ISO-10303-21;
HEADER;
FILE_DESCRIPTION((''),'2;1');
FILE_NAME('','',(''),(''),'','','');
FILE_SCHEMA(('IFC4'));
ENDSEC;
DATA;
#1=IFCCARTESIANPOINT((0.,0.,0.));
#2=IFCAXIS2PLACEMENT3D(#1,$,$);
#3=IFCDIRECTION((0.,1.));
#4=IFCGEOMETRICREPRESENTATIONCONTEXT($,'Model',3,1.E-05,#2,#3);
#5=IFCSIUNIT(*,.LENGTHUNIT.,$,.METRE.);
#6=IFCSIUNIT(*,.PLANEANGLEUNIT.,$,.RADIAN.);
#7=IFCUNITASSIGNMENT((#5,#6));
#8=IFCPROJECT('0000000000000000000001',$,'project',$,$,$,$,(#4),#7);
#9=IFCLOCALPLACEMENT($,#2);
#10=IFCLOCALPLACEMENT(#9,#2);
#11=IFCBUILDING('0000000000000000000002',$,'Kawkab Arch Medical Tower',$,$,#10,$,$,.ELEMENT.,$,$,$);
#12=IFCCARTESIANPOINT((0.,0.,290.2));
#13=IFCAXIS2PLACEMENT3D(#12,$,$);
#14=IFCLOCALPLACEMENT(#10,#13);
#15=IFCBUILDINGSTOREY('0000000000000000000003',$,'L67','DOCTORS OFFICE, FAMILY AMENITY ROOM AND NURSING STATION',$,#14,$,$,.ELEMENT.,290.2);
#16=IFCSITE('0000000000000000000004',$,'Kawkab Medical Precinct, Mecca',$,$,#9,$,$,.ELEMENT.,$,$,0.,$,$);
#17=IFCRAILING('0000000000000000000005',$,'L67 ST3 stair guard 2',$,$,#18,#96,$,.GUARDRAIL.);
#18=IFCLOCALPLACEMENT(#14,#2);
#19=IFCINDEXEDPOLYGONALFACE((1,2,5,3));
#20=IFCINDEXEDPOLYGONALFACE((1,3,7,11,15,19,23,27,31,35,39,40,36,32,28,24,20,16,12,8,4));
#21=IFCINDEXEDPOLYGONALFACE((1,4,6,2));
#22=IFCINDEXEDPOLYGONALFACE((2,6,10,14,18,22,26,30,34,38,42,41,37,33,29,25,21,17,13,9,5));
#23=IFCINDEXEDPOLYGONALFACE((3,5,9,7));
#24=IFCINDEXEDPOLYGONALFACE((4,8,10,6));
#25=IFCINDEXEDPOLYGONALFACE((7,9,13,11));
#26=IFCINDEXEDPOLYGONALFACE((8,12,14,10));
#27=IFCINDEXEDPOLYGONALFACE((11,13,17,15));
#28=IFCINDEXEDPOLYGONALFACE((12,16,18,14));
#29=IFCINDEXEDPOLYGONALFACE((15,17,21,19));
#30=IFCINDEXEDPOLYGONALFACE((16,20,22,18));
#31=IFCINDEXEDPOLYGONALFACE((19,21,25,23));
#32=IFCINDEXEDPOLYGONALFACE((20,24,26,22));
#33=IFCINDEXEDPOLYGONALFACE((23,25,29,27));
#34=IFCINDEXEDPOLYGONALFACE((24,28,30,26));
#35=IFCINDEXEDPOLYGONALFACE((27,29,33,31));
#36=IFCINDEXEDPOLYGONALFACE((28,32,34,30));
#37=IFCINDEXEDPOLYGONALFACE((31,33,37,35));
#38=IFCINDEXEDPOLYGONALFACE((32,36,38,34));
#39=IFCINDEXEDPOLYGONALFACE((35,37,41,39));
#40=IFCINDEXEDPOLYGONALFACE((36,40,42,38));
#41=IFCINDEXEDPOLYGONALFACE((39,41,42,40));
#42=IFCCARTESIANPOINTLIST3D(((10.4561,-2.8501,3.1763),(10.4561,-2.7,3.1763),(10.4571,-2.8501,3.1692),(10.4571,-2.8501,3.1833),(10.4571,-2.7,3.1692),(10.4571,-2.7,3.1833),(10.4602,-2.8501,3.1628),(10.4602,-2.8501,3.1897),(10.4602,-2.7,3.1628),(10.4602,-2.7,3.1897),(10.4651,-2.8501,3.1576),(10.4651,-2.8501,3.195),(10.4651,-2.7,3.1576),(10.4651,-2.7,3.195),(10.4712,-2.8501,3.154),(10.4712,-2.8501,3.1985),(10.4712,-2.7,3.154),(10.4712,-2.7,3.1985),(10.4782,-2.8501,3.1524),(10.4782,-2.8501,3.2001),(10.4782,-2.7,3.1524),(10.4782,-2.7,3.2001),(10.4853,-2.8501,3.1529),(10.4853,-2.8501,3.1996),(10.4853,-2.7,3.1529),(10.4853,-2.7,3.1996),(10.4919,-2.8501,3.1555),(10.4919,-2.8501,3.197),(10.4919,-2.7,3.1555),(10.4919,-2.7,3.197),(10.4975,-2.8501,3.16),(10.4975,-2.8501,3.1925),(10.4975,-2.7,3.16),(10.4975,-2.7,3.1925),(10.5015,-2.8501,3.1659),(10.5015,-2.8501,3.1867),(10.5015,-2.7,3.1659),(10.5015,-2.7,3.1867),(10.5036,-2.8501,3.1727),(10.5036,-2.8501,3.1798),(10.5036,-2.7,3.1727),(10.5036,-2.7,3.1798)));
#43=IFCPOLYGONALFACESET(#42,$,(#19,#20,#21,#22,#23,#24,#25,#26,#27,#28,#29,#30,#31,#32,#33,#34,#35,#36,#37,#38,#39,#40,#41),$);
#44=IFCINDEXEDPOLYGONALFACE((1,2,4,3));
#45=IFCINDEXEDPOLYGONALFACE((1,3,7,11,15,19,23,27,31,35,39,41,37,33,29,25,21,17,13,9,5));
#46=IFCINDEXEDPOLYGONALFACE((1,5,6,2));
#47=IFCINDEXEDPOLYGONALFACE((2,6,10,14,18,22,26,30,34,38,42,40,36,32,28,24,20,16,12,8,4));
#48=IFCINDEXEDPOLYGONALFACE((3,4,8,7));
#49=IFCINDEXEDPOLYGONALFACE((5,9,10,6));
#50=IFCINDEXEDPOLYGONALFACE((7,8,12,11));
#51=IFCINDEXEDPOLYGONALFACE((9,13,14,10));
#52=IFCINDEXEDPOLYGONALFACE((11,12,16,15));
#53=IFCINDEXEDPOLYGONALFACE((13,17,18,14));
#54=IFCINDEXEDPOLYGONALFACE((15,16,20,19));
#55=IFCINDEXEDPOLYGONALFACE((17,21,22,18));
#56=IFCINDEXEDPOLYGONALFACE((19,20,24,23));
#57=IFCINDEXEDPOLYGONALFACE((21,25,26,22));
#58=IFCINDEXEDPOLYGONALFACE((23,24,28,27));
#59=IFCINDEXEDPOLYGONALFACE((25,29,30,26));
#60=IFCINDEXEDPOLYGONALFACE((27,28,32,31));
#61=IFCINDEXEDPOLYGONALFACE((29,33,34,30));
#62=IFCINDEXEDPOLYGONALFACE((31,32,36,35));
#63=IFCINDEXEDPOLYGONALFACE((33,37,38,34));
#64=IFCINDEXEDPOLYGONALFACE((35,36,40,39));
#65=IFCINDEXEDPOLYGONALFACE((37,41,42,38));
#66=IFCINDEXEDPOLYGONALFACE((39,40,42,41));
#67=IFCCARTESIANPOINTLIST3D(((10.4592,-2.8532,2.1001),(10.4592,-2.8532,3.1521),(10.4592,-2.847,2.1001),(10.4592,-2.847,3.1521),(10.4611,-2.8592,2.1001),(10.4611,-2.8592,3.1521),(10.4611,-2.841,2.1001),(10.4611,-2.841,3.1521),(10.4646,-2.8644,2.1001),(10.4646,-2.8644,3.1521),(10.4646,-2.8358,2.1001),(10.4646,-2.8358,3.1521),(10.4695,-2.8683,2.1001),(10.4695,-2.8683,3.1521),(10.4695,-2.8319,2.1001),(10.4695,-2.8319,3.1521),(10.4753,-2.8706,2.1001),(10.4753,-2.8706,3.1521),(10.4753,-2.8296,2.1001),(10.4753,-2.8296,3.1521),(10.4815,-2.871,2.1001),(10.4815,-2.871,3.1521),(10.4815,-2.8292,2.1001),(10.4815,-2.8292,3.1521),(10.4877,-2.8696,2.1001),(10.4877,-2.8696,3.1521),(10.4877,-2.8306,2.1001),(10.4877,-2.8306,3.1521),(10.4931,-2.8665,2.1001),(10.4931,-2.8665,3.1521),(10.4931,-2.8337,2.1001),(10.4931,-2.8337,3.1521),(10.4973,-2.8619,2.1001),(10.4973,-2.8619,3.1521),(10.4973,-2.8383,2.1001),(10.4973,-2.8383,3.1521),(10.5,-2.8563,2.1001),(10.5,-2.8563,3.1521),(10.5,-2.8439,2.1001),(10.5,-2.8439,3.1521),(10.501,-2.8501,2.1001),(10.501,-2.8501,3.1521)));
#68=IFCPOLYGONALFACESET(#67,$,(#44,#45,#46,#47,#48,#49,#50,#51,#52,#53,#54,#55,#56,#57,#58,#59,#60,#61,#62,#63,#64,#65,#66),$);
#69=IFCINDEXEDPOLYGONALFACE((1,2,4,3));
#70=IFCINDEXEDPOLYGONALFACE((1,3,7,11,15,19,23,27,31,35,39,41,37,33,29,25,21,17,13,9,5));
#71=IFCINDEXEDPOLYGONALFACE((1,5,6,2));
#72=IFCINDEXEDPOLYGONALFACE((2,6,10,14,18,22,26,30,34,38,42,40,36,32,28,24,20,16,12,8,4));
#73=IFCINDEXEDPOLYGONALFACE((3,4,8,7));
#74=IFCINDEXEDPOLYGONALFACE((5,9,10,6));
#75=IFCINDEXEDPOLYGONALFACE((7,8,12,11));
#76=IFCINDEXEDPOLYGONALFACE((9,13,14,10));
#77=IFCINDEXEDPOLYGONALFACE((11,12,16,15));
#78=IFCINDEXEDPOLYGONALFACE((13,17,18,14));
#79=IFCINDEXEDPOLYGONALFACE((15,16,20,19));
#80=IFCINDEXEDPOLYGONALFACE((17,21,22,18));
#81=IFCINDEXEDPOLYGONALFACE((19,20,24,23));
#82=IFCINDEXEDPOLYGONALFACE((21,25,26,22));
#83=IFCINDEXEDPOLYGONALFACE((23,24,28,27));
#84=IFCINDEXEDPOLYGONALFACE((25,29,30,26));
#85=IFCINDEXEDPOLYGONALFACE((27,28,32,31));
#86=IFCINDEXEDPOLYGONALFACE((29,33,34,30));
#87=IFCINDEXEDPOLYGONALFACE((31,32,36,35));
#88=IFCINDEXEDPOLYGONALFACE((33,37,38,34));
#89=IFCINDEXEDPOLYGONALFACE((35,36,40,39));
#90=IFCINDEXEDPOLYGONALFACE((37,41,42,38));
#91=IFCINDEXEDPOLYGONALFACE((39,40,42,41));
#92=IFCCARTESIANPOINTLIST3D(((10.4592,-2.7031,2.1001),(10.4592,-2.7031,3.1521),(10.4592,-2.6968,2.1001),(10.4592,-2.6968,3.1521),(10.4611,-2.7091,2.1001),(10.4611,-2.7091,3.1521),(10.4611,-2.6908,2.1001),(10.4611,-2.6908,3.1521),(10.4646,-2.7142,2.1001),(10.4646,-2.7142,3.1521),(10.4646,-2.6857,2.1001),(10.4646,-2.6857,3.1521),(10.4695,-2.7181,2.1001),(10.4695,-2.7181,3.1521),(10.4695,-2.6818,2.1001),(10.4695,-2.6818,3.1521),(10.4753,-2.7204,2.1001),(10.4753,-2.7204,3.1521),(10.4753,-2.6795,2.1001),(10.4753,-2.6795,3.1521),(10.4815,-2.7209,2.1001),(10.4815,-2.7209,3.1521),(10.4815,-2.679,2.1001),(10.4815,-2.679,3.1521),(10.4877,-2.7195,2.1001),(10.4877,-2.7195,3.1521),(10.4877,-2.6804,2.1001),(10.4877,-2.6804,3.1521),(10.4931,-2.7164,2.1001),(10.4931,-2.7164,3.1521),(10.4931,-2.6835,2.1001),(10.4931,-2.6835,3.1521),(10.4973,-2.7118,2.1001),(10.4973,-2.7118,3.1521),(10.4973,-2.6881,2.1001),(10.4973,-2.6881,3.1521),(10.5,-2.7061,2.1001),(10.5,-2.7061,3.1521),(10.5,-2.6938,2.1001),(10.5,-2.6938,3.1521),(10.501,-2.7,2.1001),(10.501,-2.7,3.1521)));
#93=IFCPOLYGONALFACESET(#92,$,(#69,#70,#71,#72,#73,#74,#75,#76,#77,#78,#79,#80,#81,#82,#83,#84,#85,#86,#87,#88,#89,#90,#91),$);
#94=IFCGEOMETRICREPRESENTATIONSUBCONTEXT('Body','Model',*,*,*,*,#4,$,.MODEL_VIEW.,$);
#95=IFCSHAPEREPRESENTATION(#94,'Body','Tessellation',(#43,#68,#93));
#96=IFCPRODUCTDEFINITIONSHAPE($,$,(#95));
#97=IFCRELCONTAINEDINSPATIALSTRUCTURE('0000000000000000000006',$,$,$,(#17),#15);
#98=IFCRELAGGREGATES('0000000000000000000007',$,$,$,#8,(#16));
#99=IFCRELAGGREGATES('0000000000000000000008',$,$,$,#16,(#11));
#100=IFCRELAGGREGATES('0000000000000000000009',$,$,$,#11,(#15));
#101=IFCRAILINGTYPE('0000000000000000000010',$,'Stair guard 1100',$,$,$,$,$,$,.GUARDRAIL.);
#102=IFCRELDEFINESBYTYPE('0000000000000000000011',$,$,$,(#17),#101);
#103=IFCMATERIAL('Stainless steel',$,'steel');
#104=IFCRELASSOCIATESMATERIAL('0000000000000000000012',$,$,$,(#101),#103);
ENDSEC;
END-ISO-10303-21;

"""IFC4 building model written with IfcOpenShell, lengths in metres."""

from ifc_helpers import new_model, si_unit, direction, frame, origin, origin_2d, place, context, subcontext, project, spatial, circle, extrude, material, type_object, element, save


model = new_model("IFC4")

# Units and contexts
model_context = context("Model", 3, precision=1e-05, world=origin(), true_north=direction((0.0, 1.0)))
body_context = subcontext(model_context, "Body", "Model", "MODEL_VIEW")
ifc_project = project(units=[si_unit("LENGTHUNIT", "METRE"), si_unit("PLANEANGLEUNIT", "RADIAN")], contexts=[model_context])

# Site, building, storey
site_placement = place(None, origin())
site = spatial("IfcSite", under=ifc_project, at=site_placement, Name="Kawkab Medical Precinct, Mecca", CompositionType="ELEMENT", RefElevation=0.0)
building_placement = place(site_placement, origin())
building = spatial("IfcBuilding", under=site, at=building_placement, Name="Kawkab Arch Medical Tower", CompositionType="ELEMENT")
storey_placement = place(building_placement, frame((0.0, 0.0, 290.2)))
storey = spatial("IfcBuildingStorey", under=building, at=storey_placement, Name="L67", Description="DOCTORS OFFICE, FAMILY AMENITY ROOM AND NURSING STATION", CompositionType="ELEMENT", Elevation=290.2)

# Railing
ifc_material_1 = material(Name="Stainless steel", Category="steel")
railing_type = type_object("IfcRailingType", Name="Stair guard 1100", PredefinedType="GUARDRAIL", material=ifc_material_1)
railing_1_placement = place(storey_placement, frame((10.48, -2.8501, 2.1001)))
element("IfcRailing", 1, at=railing_1_placement, inside=storey, type_object=railing_type, Name="L67 ST3 stair guard 2", PredefinedType="GUARDRAIL", context=body_context, shape_type="SweptSolid", body=[
    extrude(circle(Radius=0.0239, at=origin_2d()), frame((0.0, 0.0, 1.0762), z_axis=(0.0, 1.0, 0.0), x_axis=(-1.0, 0.0, 0.0)), (0.0, 0.0, 1.0), 0.1501),
    extrude(circle(Radius=0.021, at=origin_2d()), origin(), (0.0, 0.0, 1.0), 1.052),
    extrude(circle(Radius=0.021, at=origin_2d()), frame((0.0, 0.1501, 0.0)), (0.0, 0.0, 1.0), 1.052),
])

save(model, "model.ifc")
